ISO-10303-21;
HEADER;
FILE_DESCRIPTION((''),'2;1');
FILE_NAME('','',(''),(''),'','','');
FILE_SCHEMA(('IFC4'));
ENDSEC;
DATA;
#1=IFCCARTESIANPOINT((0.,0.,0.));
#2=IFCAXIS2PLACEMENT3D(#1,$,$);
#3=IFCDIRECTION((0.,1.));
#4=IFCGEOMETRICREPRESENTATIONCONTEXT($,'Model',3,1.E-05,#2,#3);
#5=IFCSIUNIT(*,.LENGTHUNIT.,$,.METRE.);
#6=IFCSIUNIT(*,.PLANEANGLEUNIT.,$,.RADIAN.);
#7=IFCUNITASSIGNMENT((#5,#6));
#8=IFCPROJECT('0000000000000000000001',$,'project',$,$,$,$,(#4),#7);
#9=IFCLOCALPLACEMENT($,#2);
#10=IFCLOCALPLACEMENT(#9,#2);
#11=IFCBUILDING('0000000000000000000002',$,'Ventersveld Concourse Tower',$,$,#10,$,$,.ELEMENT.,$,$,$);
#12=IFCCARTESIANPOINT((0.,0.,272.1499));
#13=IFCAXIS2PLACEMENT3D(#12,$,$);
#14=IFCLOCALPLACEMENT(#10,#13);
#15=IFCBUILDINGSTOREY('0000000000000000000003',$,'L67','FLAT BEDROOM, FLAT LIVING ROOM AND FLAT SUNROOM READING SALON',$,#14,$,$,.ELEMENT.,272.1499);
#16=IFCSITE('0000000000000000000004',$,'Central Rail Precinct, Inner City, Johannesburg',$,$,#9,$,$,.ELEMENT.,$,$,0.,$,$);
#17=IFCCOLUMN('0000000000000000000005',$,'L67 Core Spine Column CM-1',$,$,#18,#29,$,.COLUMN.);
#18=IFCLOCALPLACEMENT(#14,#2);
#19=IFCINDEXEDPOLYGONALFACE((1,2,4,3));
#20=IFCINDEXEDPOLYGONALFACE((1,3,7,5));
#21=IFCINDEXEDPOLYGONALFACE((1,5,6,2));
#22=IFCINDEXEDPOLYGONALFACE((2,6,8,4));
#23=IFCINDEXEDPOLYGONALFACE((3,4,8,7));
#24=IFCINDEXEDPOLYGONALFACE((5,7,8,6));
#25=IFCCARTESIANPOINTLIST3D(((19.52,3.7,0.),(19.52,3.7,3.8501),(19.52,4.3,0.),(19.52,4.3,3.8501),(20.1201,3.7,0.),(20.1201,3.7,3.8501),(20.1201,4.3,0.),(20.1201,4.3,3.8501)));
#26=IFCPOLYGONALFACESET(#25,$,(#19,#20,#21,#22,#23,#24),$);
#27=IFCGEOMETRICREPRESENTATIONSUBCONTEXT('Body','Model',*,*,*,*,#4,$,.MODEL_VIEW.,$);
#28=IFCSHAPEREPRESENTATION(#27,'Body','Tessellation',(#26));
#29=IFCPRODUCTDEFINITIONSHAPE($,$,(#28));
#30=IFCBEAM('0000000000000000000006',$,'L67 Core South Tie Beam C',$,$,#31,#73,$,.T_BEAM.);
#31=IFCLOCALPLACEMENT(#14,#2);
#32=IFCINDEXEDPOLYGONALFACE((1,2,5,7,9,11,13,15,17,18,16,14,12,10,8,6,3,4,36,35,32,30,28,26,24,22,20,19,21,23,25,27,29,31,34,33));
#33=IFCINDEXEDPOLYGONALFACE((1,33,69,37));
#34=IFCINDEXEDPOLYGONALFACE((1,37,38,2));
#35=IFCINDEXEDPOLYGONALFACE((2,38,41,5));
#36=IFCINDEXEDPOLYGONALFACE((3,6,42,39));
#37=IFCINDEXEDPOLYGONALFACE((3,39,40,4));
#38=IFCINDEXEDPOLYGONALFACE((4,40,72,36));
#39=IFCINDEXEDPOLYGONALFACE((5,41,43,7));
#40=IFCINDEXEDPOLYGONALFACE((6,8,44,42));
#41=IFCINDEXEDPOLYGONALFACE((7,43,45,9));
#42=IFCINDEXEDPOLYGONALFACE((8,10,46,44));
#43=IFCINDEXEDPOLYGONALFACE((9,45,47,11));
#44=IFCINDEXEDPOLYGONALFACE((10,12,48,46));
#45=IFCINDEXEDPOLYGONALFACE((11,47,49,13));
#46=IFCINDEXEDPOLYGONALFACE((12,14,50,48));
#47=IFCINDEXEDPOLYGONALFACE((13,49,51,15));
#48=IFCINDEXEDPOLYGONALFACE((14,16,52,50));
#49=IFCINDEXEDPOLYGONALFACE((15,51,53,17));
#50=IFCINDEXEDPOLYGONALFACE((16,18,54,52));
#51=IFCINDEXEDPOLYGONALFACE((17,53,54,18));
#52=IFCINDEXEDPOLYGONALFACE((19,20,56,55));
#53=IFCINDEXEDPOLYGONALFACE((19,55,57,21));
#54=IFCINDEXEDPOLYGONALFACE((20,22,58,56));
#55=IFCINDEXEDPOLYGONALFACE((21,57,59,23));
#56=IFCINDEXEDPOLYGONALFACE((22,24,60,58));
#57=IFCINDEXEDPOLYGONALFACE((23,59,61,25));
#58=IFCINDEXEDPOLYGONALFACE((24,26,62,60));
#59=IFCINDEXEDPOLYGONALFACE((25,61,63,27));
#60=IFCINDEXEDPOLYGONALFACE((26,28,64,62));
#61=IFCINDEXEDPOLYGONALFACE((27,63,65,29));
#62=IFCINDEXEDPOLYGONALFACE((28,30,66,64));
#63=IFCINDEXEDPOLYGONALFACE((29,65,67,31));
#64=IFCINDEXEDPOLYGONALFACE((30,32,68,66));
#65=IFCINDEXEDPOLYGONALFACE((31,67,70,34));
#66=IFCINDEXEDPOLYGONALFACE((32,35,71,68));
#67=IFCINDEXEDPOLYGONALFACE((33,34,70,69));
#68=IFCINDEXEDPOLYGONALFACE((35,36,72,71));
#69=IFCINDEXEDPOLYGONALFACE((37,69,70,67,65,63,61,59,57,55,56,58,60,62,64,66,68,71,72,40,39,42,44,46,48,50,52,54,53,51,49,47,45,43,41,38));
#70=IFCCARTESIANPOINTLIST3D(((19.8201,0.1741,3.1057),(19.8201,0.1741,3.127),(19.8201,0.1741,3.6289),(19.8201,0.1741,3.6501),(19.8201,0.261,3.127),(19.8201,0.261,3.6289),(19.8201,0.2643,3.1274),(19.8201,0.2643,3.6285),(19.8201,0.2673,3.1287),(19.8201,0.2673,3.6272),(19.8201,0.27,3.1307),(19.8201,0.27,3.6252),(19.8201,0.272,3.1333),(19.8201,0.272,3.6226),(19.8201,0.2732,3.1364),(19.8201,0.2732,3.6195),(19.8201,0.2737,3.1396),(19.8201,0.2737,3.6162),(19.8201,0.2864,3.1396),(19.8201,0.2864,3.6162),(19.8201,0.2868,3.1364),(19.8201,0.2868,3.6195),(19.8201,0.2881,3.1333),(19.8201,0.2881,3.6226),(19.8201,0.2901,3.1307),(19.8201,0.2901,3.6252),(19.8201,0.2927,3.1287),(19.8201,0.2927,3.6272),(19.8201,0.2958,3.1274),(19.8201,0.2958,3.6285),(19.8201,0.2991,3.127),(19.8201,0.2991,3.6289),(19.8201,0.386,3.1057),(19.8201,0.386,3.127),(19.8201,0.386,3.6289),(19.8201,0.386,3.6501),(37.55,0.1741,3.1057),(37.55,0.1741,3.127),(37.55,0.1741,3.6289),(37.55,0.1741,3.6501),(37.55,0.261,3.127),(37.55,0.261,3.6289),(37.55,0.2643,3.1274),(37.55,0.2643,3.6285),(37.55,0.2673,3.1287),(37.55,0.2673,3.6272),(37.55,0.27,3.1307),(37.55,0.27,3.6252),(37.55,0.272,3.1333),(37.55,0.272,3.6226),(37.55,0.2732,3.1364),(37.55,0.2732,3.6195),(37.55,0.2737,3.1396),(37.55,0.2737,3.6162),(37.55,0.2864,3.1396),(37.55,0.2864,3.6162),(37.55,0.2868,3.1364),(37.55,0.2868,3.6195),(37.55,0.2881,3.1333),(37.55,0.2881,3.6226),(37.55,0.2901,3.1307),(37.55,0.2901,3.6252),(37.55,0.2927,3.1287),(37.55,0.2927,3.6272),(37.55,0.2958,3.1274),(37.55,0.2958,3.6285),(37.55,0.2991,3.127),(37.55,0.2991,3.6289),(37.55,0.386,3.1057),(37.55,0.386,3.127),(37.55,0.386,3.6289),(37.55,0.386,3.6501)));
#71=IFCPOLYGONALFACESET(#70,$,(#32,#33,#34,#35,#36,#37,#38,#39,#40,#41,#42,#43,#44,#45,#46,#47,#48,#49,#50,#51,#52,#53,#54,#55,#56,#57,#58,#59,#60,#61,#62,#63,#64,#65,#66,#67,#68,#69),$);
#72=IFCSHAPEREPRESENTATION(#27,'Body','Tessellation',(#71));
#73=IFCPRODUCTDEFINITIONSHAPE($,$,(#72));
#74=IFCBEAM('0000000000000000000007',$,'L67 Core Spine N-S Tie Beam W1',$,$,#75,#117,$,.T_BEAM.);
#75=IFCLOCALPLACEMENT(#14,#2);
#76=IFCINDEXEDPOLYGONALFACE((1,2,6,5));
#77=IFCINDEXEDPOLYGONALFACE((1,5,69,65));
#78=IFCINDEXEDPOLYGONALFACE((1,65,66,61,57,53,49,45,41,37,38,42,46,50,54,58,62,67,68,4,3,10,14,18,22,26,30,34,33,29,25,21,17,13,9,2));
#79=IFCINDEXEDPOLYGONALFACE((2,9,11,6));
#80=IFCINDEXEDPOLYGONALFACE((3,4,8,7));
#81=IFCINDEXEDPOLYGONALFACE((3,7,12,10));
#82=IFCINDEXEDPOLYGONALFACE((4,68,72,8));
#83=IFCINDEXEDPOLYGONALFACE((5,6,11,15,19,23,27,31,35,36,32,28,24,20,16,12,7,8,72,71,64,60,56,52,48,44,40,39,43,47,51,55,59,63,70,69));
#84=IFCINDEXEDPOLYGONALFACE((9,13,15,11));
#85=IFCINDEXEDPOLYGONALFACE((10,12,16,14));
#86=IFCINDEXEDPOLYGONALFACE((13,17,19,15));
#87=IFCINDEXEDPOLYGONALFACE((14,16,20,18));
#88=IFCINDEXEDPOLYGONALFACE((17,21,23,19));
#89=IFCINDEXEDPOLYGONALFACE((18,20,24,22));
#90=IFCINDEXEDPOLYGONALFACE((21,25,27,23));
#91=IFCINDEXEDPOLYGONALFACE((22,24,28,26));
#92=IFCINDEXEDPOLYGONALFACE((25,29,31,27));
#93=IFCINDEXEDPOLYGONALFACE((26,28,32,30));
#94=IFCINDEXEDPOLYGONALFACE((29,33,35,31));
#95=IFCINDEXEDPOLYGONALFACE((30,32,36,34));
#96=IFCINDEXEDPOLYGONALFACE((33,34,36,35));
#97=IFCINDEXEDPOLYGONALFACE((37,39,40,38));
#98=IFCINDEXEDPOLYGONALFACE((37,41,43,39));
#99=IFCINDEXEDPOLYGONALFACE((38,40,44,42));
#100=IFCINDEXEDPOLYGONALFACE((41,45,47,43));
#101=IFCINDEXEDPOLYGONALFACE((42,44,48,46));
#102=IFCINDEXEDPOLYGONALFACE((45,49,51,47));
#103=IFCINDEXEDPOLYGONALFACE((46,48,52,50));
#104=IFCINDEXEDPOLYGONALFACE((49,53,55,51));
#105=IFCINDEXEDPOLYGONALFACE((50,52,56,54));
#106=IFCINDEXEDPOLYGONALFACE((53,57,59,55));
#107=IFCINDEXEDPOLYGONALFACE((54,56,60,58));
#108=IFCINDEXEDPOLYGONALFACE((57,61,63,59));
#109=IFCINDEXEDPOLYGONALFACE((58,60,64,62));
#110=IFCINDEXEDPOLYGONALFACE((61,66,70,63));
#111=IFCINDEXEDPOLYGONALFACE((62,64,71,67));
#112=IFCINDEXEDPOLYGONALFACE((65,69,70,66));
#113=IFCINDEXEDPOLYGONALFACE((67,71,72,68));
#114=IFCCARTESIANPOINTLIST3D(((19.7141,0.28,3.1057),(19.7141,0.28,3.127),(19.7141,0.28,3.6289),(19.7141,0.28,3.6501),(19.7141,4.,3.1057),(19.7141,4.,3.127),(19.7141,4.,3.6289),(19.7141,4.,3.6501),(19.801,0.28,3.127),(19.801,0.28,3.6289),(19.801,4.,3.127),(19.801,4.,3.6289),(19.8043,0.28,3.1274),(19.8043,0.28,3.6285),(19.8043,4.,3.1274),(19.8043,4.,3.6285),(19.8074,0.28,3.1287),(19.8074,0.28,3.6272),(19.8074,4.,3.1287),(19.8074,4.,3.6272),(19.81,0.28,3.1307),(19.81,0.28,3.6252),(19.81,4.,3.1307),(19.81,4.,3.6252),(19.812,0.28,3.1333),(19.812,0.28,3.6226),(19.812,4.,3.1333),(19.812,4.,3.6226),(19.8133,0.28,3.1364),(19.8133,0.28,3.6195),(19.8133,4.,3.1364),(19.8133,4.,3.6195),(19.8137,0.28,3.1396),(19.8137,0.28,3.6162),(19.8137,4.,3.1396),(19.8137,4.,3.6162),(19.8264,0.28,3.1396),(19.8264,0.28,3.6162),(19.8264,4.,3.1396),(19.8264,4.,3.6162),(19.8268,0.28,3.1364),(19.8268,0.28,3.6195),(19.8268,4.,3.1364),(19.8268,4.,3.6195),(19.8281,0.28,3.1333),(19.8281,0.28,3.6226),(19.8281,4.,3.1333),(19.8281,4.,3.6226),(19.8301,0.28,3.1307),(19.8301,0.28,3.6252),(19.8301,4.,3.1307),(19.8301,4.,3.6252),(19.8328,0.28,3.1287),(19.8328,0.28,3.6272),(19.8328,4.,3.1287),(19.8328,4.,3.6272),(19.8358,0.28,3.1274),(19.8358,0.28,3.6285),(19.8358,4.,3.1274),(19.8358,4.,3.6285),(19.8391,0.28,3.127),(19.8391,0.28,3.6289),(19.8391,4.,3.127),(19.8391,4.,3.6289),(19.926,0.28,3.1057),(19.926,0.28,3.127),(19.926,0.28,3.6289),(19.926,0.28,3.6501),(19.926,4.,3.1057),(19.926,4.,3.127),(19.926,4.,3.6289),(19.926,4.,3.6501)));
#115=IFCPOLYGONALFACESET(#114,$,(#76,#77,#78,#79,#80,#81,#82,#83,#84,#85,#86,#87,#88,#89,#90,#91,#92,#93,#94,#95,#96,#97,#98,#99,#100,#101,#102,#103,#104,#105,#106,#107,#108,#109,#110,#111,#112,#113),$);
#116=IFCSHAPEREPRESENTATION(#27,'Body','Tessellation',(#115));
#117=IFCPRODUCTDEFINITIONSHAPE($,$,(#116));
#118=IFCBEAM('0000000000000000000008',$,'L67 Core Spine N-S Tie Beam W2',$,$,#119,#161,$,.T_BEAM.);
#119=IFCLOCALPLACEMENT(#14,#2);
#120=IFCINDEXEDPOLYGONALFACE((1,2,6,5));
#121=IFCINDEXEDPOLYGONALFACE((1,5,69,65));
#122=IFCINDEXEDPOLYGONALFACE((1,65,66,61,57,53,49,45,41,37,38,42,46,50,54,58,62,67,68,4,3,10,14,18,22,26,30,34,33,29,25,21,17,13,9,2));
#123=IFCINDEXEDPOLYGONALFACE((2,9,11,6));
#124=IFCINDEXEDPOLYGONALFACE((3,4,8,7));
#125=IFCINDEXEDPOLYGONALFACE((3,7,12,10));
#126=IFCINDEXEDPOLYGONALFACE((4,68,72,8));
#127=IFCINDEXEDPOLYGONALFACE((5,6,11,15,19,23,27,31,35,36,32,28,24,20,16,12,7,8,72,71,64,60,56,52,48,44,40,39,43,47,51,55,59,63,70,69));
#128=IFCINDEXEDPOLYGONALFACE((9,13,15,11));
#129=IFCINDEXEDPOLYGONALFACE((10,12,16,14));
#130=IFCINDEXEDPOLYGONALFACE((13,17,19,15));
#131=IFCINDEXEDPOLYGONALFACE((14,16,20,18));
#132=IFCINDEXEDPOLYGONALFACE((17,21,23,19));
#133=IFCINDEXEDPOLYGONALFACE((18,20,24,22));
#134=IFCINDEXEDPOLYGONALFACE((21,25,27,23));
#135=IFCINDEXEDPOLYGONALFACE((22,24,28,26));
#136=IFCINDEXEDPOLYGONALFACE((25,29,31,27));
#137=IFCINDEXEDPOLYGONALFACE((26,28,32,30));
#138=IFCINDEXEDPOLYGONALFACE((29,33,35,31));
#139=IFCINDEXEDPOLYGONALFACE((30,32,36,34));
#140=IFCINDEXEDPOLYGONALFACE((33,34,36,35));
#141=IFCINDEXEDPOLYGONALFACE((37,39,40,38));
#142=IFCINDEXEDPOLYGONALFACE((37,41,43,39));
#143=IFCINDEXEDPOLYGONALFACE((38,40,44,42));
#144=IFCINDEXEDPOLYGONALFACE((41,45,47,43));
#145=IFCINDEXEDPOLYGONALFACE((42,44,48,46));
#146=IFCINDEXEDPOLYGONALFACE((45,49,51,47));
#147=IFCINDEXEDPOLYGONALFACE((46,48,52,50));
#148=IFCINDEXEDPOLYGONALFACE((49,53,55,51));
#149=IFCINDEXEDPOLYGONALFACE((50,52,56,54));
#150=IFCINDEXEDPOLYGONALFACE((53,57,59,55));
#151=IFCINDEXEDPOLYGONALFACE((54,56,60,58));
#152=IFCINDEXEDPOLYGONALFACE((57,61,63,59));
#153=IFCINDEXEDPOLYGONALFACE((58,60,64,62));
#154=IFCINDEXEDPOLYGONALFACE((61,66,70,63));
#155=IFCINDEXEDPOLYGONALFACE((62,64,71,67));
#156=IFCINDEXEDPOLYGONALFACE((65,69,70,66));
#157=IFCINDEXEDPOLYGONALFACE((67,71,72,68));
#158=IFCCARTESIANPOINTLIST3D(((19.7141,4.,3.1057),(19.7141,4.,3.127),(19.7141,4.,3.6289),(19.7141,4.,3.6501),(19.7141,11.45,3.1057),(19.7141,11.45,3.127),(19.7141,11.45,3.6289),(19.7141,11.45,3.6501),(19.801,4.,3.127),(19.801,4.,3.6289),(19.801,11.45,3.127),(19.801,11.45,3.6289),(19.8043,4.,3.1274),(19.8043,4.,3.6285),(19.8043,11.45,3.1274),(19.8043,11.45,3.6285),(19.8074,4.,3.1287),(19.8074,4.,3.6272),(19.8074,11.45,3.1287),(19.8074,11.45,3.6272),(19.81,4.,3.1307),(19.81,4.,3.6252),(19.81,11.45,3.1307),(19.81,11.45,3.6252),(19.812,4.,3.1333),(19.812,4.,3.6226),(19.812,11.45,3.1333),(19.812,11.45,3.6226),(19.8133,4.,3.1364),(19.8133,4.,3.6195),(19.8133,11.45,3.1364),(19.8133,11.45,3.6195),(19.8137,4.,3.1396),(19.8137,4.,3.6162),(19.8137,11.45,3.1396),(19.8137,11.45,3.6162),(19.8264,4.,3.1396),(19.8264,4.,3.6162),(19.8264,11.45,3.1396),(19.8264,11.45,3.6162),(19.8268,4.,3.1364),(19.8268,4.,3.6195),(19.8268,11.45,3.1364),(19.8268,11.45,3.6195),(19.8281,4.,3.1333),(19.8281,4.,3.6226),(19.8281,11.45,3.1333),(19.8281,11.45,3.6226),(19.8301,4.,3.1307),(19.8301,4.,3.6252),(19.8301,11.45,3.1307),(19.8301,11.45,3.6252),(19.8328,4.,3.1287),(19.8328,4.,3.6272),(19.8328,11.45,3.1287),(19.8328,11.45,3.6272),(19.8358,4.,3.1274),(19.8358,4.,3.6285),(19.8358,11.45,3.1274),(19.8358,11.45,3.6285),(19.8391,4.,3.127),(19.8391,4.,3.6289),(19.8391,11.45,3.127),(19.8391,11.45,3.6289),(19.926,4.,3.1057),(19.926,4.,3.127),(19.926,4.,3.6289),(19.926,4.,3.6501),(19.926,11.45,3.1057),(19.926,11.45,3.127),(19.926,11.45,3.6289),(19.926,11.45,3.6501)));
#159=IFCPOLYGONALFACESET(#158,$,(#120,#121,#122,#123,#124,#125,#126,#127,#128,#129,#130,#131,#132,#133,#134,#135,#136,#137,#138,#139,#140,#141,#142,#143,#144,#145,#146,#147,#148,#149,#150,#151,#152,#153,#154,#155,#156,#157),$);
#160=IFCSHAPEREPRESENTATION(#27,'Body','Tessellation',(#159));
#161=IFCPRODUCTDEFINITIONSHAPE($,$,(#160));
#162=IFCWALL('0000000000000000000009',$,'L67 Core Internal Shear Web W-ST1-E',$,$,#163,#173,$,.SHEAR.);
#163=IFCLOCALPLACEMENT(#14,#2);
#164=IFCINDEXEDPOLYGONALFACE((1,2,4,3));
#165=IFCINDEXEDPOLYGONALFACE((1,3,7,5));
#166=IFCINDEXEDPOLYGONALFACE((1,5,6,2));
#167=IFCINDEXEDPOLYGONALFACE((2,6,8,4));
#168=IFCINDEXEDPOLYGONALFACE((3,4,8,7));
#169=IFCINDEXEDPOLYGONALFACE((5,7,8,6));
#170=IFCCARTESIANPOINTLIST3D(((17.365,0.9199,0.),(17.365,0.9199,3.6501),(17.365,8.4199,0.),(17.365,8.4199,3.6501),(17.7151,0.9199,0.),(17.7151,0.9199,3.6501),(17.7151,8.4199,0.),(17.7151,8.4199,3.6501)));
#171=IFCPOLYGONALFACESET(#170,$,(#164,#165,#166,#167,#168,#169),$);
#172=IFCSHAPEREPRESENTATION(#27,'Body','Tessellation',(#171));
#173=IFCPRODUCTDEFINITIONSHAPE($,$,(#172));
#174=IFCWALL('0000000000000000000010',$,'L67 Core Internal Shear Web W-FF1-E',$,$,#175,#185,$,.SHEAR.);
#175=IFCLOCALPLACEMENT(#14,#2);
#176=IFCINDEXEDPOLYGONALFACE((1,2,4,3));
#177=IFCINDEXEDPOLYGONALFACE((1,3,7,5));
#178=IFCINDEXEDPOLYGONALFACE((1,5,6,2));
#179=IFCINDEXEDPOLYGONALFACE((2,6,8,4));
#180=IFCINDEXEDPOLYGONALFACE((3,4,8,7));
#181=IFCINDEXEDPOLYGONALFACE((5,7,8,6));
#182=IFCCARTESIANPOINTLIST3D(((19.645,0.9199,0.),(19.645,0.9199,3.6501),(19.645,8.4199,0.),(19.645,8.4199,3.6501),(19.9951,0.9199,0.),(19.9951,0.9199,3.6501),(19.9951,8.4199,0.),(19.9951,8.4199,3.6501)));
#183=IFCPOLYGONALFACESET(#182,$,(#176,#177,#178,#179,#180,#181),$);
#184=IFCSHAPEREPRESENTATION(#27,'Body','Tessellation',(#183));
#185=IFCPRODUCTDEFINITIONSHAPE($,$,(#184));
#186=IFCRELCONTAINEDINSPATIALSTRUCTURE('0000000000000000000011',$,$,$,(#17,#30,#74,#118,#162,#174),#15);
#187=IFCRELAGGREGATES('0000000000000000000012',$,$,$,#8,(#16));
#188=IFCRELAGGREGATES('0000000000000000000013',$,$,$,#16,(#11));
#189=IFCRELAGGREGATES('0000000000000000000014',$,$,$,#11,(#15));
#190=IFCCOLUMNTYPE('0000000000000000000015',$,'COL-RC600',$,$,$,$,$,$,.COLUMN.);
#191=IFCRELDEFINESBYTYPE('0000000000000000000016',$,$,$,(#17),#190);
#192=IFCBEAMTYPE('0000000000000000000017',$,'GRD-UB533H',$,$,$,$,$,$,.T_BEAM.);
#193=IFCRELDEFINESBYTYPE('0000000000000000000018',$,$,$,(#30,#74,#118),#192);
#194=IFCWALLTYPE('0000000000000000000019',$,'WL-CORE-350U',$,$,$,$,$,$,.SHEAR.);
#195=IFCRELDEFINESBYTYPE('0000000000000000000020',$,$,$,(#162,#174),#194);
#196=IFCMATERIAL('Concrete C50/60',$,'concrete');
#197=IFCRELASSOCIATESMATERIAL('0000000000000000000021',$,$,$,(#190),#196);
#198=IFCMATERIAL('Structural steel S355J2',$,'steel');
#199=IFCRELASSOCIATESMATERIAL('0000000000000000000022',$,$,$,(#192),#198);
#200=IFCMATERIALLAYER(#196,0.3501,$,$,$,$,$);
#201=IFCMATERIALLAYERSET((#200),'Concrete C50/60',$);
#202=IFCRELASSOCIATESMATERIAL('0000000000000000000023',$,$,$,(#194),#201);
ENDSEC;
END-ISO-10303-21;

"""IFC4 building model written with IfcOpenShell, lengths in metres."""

from ifc_helpers import new_model, si_unit, direction, frame, frame_2d, origin, origin_2d, place, context, subcontext, project, spatial, rectangle, i_section, extrude, material, layer, layer_set, material_profile, profile_set, type_object, element, save


model = new_model("IFC4")

# Units and contexts
model_context = context("Model", 3, precision=1e-05, world=origin(), true_north=direction((0.0, 1.0)))
body_context = subcontext(model_context, "Body", "Model", "MODEL_VIEW")
ifc_project = project(units=[si_unit("LENGTHUNIT", "METRE"), si_unit("PLANEANGLEUNIT", "RADIAN")], contexts=[model_context])

# Site, building, storey
site_placement = place(None, origin())
site = spatial("IfcSite", under=ifc_project, at=site_placement, Name="Central Rail Precinct, Inner City, Johannesburg", CompositionType="ELEMENT", RefElevation=0.0)
building_placement = place(site_placement, origin())
building = spatial("IfcBuilding", under=site, at=building_placement, Name="Ventersveld Concourse Tower", CompositionType="ELEMENT")
storey_placement = place(building_placement, frame((0.0, 0.0, 272.1499)))
storey = spatial("IfcBuildingStorey", under=building, at=storey_placement, Name="L67", Description="FLAT BEDROOM, FLAT LIVING ROOM AND FLAT SUNROOM READING SALON", CompositionType="ELEMENT", Elevation=272.1499)

# Column
ifc_material_1 = material(Name="Concrete C50/60", Category="concrete")
ifc_material_profile_1 = material_profile(ifc_material_1, rectangle(XDim=0.6001, YDim=0.6001, at=origin_2d()), Name="RC 600x600")
ifc_profile_set_1 = profile_set([ifc_material_profile_1], Name="Concrete C50/60")
column_type = type_object("IfcColumnType", Name="COL-RC600", PredefinedType="COLUMN", material=ifc_profile_set_1)
column_placement = place(storey_placement, frame((19.8201, 4.0, 0.0), z_axis=(0.0, 0.0, 1.0), x_axis=(1.0, 0.0, 0.0)))
element("IfcColumn", 1, at=column_placement, inside=storey, type_object=column_type, Name="L67 Core Spine Column CM-1", PredefinedType="COLUMN", context=body_context, shape_type="SweptSolid", body=[
    extrude(rectangle(XDim=0.6001, YDim=0.6001, at=origin_2d()), origin(), (0.0, 0.0, 1.0), 3.8501),
])

# Beams
ifc_material_2 = material(Name="Structural steel S355J2", Category="steel")
ifc_material_profile_2 = material_profile(ifc_material_2, i_section(OverallWidth=0.2119, OverallDepth=0.5444, WebThickness=0.0127, FlangeThickness=0.0212, FilletRadius=0.0127, at=origin_2d()), Name="UB 533x210x122")
ifc_profile_set_2 = profile_set([ifc_material_profile_2], Name="Structural steel S355J2")
beam_type = type_object("IfcBeamType", Name="GRD-UB533H", PredefinedType="T_BEAM", material=ifc_profile_set_2)
beam_1_placement = place(storey_placement, frame((19.8201, 0.28, 3.3779), z_axis=(1.0, 0.0, 0.0), x_axis=(0.0, 1.0, 0.0)))
element("IfcBeam", 2, at=beam_1_placement, inside=storey, type_object=beam_type, Name="L67 Core South Tie Beam C", PredefinedType="T_BEAM", context=body_context, shape_type="SweptSolid", body=[
    extrude(i_section(OverallWidth=0.2119, OverallDepth=0.5444, WebThickness=0.0127, FlangeThickness=0.0212, FilletRadius=0.0127, at=origin_2d()), origin(), (0.0, 0.0, 1.0), 17.73),
])
beam_2_placement = place(storey_placement, frame((19.8201, 0.28, 3.3779), z_axis=(0.0, 1.0, 0.0), x_axis=(-1.0, 0.0, 0.0)))
element("IfcBeam", 3, at=beam_2_placement, inside=storey, type_object=beam_type, Name="L67 Core Spine N-S Tie Beam W1", PredefinedType="T_BEAM", context=body_context, shape_type="SweptSolid", body=[
    extrude(i_section(OverallWidth=0.2119, OverallDepth=0.5444, WebThickness=0.0127, FlangeThickness=0.0212, FilletRadius=0.0127, at=origin_2d()), origin(), (0.0, 0.0, 1.0), 3.72),
])
beam_3_placement = place(storey_placement, frame((19.8201, 4.0, 3.3779), z_axis=(0.0, 1.0, 0.0), x_axis=(-1.0, 0.0, 0.0)))
element("IfcBeam", 4, at=beam_3_placement, inside=storey, type_object=beam_type, Name="L67 Core Spine N-S Tie Beam W2", PredefinedType="T_BEAM", context=body_context, shape_type="SweptSolid", body=[
    extrude(i_section(OverallWidth=0.2119, OverallDepth=0.5444, WebThickness=0.0127, FlangeThickness=0.0212, FilletRadius=0.0127, at=origin_2d()), origin(), (0.0, 0.0, 1.0), 7.45),
])

# Walls
ifc_layer_1 = layer(ifc_material_1, 0.3501)
ifc_layer_set_1 = layer_set([ifc_layer_1], Name="Concrete C50/60")
wall_type_1 = type_object("IfcWallType", Name="WL-CORE-350U", PredefinedType="SHEAR", material=ifc_layer_set_1)
for number, where, z_axis, x_axis, name in (
    (5, (17.54, 0.9199, 0.0), (0.0, 0.0, 1.0), (0.0, 1.0, 0.0), "L67 Core Internal Shear Web W-ST1-E"),
    (6, (19.8201, 0.9199, 0.0), (0.0, 0.0, 1.0), (0.0, 1.0, 0.0), "L67 Core Internal Shear Web W-FF1-E"),
):
    element("IfcWall", number, at=place(storey_placement, frame(where, z_axis=z_axis, x_axis=x_axis)), inside=storey, type_object=wall_type_1, Name=name, PredefinedType="SHEAR", context=body_context, shape_type="SweptSolid", body=[
        extrude(rectangle(XDim=7.5, YDim=0.3501, at=frame_2d((3.75, 0.0))), origin(), (0.0, 0.0, 1.0), 3.6501),
    ])

save(model, "model.ifc")
